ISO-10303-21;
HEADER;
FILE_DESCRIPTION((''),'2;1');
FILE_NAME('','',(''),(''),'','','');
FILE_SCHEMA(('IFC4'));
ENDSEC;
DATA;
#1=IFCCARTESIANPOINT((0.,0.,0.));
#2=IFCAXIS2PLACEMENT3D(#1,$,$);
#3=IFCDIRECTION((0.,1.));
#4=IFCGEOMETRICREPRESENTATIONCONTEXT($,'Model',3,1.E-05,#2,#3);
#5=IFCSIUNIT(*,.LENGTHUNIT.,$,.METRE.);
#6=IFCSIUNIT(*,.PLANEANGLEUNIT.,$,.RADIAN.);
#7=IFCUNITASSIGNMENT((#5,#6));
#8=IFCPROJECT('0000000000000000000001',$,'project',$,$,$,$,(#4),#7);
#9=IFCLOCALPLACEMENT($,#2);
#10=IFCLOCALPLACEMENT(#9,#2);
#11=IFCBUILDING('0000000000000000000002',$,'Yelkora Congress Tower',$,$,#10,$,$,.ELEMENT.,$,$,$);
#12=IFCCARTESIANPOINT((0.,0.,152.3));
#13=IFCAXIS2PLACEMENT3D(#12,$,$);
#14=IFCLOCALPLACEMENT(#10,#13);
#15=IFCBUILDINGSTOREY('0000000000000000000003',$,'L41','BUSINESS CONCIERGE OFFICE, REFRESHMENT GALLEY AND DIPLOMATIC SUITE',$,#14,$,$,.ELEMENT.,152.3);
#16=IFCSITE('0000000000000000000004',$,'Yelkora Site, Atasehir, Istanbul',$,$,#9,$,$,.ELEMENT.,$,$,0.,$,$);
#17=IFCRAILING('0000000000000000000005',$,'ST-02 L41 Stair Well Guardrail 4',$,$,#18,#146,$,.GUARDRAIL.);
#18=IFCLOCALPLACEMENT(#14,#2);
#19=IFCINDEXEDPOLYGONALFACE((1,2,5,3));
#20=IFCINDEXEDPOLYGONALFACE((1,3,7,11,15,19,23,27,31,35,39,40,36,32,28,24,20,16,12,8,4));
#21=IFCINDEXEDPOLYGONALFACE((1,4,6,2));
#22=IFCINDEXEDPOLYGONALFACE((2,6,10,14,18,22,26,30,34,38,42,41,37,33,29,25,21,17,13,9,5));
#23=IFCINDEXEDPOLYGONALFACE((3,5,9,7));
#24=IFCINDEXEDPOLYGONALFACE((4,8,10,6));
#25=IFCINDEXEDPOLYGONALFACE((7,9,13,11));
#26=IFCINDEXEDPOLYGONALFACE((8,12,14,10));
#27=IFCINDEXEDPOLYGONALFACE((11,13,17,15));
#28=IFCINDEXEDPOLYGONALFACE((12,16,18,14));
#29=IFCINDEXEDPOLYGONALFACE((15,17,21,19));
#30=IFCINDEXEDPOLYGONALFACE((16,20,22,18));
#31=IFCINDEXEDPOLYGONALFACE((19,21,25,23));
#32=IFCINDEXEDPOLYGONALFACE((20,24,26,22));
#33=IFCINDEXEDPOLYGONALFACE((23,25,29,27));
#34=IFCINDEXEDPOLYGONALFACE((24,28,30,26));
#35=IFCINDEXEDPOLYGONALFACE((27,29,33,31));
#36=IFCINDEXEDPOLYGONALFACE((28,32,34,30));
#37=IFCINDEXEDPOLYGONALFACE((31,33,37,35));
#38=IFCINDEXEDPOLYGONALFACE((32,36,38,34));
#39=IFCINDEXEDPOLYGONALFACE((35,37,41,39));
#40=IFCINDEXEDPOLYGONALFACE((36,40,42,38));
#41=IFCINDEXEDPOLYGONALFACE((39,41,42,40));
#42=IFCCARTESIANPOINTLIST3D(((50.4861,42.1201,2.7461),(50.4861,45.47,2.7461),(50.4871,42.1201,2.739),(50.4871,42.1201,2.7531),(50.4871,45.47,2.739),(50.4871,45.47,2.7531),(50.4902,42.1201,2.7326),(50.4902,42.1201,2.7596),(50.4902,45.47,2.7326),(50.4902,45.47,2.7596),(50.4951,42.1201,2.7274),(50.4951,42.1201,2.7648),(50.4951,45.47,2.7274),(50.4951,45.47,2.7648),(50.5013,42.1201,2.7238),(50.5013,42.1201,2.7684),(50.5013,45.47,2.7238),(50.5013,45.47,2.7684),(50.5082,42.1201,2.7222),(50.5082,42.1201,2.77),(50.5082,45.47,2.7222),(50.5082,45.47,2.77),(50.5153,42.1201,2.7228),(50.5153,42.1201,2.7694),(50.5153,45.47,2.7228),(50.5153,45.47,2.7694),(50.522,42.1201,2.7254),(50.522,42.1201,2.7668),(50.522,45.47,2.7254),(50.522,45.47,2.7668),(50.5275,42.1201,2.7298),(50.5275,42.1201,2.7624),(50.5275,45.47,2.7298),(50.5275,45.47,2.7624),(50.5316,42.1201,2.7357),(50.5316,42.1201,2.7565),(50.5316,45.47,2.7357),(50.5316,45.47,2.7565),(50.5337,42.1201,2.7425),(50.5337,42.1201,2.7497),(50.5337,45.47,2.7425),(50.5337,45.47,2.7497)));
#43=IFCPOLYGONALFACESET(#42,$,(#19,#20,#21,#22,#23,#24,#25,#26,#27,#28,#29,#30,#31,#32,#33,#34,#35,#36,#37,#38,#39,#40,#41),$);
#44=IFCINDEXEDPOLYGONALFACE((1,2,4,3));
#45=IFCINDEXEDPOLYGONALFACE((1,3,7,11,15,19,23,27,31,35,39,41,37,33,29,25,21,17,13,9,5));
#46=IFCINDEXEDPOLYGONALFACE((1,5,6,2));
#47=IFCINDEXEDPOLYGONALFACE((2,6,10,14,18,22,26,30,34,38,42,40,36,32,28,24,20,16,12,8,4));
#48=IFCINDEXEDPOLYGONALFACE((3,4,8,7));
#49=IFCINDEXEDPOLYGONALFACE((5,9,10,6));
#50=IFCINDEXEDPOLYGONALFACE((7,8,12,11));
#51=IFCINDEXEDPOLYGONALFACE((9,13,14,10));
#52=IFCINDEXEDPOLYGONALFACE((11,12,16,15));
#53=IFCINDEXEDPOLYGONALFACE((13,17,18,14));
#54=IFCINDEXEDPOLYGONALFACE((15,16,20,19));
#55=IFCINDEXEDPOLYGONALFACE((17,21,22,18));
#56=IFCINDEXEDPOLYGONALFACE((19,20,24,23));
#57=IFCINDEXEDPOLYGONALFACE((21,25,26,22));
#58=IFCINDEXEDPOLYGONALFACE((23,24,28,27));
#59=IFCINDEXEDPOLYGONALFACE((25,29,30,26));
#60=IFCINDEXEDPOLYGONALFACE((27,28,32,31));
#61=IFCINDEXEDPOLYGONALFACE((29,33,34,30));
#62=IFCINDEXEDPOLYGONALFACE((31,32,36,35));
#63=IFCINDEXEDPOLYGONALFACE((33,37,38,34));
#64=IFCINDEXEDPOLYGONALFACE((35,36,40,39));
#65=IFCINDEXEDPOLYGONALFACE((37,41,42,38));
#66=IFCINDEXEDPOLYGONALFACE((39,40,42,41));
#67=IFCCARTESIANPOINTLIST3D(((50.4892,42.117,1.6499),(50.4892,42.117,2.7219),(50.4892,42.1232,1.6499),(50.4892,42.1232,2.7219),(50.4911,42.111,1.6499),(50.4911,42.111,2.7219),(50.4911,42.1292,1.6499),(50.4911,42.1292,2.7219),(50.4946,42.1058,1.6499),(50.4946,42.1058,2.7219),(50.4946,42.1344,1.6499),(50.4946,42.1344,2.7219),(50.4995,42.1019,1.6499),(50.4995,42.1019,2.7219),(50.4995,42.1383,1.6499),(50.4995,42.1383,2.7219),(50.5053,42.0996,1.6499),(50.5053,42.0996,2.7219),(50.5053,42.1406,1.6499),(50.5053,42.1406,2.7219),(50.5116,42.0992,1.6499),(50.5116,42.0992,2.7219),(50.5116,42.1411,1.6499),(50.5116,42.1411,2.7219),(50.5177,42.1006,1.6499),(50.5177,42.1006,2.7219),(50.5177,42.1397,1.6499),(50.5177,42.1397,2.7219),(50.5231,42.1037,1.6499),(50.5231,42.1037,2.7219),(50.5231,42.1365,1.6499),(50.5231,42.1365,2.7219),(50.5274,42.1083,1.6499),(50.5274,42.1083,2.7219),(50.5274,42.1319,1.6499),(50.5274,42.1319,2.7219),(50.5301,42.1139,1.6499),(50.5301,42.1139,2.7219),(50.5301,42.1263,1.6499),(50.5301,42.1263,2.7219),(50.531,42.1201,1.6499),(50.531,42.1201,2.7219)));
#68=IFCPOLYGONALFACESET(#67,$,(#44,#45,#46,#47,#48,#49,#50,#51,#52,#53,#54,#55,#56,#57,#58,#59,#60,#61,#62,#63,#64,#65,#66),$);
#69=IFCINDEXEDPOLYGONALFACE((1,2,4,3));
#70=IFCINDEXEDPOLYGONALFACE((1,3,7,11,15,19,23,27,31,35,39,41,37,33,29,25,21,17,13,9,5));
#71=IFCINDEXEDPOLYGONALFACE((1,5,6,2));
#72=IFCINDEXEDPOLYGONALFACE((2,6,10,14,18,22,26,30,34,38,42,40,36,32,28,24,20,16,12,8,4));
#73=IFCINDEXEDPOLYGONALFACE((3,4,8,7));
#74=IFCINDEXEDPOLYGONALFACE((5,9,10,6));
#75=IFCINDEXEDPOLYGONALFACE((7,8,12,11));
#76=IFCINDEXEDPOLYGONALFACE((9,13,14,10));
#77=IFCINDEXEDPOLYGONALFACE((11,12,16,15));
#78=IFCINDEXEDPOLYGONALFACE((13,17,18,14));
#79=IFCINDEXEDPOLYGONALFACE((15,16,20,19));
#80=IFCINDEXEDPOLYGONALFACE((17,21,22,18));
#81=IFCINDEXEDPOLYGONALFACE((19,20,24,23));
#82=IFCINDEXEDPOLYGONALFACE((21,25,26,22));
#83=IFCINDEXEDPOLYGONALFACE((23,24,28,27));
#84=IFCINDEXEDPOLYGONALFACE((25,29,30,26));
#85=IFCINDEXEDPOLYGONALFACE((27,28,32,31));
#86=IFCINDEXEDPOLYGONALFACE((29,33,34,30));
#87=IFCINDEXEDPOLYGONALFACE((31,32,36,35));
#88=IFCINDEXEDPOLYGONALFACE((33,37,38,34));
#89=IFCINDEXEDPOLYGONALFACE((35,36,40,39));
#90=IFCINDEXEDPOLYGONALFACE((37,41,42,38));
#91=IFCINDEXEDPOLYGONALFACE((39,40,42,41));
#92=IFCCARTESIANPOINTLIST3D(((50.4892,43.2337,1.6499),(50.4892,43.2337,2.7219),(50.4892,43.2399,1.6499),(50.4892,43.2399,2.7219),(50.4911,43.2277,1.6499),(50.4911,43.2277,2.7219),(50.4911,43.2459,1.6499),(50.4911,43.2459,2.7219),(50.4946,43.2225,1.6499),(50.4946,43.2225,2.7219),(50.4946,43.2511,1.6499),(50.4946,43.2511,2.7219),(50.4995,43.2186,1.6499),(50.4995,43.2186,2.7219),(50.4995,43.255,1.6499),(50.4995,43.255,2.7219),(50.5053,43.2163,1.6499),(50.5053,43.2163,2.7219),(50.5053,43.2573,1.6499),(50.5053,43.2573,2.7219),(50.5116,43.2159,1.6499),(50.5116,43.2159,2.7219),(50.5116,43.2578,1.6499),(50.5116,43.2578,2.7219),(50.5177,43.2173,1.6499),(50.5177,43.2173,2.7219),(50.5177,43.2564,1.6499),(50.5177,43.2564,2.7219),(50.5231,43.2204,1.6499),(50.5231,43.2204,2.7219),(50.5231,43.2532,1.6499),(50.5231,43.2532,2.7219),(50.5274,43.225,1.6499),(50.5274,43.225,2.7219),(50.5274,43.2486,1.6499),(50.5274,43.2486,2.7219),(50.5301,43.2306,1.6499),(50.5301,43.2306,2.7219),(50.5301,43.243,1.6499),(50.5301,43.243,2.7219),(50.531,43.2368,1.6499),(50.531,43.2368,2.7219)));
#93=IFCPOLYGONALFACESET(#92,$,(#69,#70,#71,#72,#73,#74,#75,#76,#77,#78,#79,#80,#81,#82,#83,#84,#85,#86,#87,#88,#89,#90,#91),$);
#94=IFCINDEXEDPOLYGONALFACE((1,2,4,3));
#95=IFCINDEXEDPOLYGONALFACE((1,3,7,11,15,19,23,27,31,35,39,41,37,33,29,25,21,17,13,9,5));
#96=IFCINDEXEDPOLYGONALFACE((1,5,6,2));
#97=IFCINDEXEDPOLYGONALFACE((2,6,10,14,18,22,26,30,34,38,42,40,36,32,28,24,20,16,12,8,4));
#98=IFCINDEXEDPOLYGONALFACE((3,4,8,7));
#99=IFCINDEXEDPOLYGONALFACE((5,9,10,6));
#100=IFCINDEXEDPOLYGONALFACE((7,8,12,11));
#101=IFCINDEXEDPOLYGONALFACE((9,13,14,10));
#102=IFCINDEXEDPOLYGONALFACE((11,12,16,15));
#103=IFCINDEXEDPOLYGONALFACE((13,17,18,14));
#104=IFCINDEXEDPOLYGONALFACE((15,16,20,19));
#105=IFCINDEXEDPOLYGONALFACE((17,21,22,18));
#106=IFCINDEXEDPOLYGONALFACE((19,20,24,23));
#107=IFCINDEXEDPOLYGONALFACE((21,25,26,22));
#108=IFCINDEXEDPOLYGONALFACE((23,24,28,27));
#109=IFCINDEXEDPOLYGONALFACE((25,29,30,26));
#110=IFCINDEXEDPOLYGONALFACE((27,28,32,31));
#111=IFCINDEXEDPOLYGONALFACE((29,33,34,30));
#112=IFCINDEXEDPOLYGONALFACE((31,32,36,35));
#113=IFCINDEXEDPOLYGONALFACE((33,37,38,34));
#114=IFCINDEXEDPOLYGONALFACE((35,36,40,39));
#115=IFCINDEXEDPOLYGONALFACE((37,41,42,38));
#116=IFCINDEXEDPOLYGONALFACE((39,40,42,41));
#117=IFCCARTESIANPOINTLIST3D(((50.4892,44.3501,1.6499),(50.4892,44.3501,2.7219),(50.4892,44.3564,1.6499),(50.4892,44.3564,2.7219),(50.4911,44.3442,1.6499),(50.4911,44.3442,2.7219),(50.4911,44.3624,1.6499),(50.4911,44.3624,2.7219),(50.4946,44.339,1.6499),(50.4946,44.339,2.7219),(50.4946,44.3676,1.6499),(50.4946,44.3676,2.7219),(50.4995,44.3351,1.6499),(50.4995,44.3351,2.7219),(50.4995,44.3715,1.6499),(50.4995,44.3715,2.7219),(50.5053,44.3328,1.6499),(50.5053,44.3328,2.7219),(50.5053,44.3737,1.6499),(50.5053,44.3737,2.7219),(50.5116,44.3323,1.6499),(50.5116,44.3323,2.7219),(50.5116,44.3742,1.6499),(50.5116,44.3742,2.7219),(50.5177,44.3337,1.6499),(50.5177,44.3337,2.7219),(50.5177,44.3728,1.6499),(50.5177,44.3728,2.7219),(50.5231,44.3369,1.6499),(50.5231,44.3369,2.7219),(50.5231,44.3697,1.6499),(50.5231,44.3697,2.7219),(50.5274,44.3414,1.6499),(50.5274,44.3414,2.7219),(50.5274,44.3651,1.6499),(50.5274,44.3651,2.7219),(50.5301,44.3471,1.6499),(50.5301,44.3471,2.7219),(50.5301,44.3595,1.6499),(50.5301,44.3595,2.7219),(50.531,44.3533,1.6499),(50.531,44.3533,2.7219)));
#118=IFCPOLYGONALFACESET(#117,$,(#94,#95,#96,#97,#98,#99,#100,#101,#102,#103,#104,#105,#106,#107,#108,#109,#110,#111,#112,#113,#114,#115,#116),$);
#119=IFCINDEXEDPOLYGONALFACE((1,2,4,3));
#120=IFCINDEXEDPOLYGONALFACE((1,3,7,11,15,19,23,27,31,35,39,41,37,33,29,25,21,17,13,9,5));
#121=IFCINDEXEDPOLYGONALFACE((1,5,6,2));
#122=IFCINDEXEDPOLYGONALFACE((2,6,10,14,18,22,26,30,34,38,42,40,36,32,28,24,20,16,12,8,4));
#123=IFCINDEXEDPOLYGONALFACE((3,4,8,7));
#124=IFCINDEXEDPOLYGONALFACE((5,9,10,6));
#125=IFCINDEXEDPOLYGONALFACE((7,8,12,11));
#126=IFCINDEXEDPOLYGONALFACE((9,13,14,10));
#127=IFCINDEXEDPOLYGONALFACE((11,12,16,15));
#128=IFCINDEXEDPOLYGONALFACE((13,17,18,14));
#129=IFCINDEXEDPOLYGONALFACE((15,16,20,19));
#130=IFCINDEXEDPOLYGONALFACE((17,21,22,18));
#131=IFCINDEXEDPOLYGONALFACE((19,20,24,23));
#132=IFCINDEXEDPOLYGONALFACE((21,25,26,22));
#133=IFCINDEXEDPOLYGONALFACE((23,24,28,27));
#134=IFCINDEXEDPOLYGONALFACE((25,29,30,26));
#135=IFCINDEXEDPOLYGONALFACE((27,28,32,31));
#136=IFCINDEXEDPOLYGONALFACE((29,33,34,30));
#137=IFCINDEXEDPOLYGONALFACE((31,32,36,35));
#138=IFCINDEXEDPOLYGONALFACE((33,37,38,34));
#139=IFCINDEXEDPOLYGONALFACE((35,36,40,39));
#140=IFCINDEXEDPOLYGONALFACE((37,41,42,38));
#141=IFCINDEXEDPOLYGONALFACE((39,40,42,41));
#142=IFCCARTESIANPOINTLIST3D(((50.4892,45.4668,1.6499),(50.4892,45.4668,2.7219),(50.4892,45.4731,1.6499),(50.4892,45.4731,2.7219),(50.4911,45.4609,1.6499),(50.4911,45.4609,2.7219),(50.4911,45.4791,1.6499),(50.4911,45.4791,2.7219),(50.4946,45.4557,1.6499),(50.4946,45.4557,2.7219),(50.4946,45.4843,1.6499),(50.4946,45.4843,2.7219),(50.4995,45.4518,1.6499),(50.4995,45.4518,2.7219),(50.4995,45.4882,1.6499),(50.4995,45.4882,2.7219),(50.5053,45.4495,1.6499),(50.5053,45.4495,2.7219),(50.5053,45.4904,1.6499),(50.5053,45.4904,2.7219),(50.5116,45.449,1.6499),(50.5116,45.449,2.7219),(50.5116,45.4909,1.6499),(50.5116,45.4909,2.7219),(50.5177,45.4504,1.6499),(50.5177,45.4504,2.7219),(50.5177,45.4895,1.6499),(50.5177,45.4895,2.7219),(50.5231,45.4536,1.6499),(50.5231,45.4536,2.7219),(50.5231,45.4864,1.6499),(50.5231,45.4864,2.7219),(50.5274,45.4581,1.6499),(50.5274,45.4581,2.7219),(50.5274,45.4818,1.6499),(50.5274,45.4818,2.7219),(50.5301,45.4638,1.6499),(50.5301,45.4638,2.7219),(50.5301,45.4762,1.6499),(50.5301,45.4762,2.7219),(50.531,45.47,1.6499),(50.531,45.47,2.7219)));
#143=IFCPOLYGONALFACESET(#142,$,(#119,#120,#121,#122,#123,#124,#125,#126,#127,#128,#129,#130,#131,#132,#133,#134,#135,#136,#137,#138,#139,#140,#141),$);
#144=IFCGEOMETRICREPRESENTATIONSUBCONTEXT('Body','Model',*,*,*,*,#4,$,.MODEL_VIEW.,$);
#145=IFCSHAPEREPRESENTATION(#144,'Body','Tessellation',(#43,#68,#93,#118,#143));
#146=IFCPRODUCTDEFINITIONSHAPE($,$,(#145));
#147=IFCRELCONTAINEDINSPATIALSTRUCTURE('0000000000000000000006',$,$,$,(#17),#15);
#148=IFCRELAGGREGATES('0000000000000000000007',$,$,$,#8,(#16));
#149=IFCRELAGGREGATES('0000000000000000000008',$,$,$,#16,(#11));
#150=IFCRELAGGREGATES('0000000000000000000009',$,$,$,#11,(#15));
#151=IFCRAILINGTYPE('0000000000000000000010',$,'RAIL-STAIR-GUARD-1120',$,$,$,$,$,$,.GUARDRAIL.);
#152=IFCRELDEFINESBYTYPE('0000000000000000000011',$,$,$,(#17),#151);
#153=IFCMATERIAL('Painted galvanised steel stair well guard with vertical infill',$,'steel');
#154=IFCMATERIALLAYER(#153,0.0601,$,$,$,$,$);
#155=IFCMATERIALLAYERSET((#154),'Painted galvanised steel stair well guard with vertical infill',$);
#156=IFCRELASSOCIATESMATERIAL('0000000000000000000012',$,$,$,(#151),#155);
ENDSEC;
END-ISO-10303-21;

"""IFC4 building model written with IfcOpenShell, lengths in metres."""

from ifc_helpers import new_model, si_unit, direction, frame, origin, origin_2d, place, context, subcontext, project, spatial, circle, extrude, material, layer, layer_set, type_object, element, save


model = new_model("IFC4")

# Units and contexts
model_context = context("Model", 3, precision=1e-05, world=origin(), true_north=direction((0.0, 1.0)))
body_context = subcontext(model_context, "Body", "Model", "MODEL_VIEW")
ifc_project = project(units=[si_unit("LENGTHUNIT", "METRE"), si_unit("PLANEANGLEUNIT", "RADIAN")], contexts=[model_context])

# Site, building, storey
site_placement = place(None, origin())
site = spatial("IfcSite", under=ifc_project, at=site_placement, Name="Yelkora Site, Atasehir, Istanbul", CompositionType="ELEMENT", RefElevation=0.0)
building_placement = place(site_placement, origin())
building = spatial("IfcBuilding", under=site, at=building_placement, Name="Yelkora Congress Tower", CompositionType="ELEMENT")
storey_placement = place(building_placement, frame((0.0, 0.0, 152.3)))
storey = spatial("IfcBuildingStorey", under=building, at=storey_placement, Name="L41", Description="BUSINESS CONCIERGE OFFICE, REFRESHMENT GALLEY AND DIPLOMATIC SUITE", CompositionType="ELEMENT", Elevation=152.3)

# Railing
ifc_material_1 = material(Name="Painted galvanised steel stair well guard with vertical infill", Category="steel")
ifc_layer_1 = layer(ifc_material_1, 0.0601)
ifc_layer_set_1 = layer_set([ifc_layer_1], Name="Painted galvanised steel stair well guard with vertical infill")
railing_type_1 = type_object("IfcRailingType", Name="RAIL-STAIR-GUARD-1120", PredefinedType="GUARDRAIL", material=ifc_layer_set_1)
for number, where, name in (
    (1, (50.51, 42.1201, 1.6499), "ST-02 L41 Stair Well Guardrail 4"),
):
    element("IfcRailing", number, at=place(storey_placement, frame(where)), inside=storey, type_object=railing_type_1, Name=name, PredefinedType="GUARDRAIL", context=body_context, shape_type="SweptSolid", body=[
        extrude(circle(Radius=0.0239, at=origin_2d()), frame((0.0, 0.0, 1.0962), z_axis=(0.0, 1.0, 0.0), x_axis=(-1.0, 0.0, 0.0)), (0.0, 0.0, 1.0), 3.3499),
        extrude(circle(Radius=0.021, at=origin_2d()), origin(), (0.0, 0.0, 1.0), 1.072),
        extrude(circle(Radius=0.021, at=origin_2d()), frame((0.0, 1.1167, 0.0)), (0.0, 0.0, 1.0), 1.072),
        extrude(circle(Radius=0.021, at=origin_2d()), frame((0.0, 2.2332, 0.0)), (0.0, 0.0, 1.0), 1.072),
        extrude(circle(Radius=0.021, at=origin_2d()), frame((0.0, 3.3499, 0.0)), (0.0, 0.0, 1.0), 1.072),
    ])

save(model, "model.ifc")
